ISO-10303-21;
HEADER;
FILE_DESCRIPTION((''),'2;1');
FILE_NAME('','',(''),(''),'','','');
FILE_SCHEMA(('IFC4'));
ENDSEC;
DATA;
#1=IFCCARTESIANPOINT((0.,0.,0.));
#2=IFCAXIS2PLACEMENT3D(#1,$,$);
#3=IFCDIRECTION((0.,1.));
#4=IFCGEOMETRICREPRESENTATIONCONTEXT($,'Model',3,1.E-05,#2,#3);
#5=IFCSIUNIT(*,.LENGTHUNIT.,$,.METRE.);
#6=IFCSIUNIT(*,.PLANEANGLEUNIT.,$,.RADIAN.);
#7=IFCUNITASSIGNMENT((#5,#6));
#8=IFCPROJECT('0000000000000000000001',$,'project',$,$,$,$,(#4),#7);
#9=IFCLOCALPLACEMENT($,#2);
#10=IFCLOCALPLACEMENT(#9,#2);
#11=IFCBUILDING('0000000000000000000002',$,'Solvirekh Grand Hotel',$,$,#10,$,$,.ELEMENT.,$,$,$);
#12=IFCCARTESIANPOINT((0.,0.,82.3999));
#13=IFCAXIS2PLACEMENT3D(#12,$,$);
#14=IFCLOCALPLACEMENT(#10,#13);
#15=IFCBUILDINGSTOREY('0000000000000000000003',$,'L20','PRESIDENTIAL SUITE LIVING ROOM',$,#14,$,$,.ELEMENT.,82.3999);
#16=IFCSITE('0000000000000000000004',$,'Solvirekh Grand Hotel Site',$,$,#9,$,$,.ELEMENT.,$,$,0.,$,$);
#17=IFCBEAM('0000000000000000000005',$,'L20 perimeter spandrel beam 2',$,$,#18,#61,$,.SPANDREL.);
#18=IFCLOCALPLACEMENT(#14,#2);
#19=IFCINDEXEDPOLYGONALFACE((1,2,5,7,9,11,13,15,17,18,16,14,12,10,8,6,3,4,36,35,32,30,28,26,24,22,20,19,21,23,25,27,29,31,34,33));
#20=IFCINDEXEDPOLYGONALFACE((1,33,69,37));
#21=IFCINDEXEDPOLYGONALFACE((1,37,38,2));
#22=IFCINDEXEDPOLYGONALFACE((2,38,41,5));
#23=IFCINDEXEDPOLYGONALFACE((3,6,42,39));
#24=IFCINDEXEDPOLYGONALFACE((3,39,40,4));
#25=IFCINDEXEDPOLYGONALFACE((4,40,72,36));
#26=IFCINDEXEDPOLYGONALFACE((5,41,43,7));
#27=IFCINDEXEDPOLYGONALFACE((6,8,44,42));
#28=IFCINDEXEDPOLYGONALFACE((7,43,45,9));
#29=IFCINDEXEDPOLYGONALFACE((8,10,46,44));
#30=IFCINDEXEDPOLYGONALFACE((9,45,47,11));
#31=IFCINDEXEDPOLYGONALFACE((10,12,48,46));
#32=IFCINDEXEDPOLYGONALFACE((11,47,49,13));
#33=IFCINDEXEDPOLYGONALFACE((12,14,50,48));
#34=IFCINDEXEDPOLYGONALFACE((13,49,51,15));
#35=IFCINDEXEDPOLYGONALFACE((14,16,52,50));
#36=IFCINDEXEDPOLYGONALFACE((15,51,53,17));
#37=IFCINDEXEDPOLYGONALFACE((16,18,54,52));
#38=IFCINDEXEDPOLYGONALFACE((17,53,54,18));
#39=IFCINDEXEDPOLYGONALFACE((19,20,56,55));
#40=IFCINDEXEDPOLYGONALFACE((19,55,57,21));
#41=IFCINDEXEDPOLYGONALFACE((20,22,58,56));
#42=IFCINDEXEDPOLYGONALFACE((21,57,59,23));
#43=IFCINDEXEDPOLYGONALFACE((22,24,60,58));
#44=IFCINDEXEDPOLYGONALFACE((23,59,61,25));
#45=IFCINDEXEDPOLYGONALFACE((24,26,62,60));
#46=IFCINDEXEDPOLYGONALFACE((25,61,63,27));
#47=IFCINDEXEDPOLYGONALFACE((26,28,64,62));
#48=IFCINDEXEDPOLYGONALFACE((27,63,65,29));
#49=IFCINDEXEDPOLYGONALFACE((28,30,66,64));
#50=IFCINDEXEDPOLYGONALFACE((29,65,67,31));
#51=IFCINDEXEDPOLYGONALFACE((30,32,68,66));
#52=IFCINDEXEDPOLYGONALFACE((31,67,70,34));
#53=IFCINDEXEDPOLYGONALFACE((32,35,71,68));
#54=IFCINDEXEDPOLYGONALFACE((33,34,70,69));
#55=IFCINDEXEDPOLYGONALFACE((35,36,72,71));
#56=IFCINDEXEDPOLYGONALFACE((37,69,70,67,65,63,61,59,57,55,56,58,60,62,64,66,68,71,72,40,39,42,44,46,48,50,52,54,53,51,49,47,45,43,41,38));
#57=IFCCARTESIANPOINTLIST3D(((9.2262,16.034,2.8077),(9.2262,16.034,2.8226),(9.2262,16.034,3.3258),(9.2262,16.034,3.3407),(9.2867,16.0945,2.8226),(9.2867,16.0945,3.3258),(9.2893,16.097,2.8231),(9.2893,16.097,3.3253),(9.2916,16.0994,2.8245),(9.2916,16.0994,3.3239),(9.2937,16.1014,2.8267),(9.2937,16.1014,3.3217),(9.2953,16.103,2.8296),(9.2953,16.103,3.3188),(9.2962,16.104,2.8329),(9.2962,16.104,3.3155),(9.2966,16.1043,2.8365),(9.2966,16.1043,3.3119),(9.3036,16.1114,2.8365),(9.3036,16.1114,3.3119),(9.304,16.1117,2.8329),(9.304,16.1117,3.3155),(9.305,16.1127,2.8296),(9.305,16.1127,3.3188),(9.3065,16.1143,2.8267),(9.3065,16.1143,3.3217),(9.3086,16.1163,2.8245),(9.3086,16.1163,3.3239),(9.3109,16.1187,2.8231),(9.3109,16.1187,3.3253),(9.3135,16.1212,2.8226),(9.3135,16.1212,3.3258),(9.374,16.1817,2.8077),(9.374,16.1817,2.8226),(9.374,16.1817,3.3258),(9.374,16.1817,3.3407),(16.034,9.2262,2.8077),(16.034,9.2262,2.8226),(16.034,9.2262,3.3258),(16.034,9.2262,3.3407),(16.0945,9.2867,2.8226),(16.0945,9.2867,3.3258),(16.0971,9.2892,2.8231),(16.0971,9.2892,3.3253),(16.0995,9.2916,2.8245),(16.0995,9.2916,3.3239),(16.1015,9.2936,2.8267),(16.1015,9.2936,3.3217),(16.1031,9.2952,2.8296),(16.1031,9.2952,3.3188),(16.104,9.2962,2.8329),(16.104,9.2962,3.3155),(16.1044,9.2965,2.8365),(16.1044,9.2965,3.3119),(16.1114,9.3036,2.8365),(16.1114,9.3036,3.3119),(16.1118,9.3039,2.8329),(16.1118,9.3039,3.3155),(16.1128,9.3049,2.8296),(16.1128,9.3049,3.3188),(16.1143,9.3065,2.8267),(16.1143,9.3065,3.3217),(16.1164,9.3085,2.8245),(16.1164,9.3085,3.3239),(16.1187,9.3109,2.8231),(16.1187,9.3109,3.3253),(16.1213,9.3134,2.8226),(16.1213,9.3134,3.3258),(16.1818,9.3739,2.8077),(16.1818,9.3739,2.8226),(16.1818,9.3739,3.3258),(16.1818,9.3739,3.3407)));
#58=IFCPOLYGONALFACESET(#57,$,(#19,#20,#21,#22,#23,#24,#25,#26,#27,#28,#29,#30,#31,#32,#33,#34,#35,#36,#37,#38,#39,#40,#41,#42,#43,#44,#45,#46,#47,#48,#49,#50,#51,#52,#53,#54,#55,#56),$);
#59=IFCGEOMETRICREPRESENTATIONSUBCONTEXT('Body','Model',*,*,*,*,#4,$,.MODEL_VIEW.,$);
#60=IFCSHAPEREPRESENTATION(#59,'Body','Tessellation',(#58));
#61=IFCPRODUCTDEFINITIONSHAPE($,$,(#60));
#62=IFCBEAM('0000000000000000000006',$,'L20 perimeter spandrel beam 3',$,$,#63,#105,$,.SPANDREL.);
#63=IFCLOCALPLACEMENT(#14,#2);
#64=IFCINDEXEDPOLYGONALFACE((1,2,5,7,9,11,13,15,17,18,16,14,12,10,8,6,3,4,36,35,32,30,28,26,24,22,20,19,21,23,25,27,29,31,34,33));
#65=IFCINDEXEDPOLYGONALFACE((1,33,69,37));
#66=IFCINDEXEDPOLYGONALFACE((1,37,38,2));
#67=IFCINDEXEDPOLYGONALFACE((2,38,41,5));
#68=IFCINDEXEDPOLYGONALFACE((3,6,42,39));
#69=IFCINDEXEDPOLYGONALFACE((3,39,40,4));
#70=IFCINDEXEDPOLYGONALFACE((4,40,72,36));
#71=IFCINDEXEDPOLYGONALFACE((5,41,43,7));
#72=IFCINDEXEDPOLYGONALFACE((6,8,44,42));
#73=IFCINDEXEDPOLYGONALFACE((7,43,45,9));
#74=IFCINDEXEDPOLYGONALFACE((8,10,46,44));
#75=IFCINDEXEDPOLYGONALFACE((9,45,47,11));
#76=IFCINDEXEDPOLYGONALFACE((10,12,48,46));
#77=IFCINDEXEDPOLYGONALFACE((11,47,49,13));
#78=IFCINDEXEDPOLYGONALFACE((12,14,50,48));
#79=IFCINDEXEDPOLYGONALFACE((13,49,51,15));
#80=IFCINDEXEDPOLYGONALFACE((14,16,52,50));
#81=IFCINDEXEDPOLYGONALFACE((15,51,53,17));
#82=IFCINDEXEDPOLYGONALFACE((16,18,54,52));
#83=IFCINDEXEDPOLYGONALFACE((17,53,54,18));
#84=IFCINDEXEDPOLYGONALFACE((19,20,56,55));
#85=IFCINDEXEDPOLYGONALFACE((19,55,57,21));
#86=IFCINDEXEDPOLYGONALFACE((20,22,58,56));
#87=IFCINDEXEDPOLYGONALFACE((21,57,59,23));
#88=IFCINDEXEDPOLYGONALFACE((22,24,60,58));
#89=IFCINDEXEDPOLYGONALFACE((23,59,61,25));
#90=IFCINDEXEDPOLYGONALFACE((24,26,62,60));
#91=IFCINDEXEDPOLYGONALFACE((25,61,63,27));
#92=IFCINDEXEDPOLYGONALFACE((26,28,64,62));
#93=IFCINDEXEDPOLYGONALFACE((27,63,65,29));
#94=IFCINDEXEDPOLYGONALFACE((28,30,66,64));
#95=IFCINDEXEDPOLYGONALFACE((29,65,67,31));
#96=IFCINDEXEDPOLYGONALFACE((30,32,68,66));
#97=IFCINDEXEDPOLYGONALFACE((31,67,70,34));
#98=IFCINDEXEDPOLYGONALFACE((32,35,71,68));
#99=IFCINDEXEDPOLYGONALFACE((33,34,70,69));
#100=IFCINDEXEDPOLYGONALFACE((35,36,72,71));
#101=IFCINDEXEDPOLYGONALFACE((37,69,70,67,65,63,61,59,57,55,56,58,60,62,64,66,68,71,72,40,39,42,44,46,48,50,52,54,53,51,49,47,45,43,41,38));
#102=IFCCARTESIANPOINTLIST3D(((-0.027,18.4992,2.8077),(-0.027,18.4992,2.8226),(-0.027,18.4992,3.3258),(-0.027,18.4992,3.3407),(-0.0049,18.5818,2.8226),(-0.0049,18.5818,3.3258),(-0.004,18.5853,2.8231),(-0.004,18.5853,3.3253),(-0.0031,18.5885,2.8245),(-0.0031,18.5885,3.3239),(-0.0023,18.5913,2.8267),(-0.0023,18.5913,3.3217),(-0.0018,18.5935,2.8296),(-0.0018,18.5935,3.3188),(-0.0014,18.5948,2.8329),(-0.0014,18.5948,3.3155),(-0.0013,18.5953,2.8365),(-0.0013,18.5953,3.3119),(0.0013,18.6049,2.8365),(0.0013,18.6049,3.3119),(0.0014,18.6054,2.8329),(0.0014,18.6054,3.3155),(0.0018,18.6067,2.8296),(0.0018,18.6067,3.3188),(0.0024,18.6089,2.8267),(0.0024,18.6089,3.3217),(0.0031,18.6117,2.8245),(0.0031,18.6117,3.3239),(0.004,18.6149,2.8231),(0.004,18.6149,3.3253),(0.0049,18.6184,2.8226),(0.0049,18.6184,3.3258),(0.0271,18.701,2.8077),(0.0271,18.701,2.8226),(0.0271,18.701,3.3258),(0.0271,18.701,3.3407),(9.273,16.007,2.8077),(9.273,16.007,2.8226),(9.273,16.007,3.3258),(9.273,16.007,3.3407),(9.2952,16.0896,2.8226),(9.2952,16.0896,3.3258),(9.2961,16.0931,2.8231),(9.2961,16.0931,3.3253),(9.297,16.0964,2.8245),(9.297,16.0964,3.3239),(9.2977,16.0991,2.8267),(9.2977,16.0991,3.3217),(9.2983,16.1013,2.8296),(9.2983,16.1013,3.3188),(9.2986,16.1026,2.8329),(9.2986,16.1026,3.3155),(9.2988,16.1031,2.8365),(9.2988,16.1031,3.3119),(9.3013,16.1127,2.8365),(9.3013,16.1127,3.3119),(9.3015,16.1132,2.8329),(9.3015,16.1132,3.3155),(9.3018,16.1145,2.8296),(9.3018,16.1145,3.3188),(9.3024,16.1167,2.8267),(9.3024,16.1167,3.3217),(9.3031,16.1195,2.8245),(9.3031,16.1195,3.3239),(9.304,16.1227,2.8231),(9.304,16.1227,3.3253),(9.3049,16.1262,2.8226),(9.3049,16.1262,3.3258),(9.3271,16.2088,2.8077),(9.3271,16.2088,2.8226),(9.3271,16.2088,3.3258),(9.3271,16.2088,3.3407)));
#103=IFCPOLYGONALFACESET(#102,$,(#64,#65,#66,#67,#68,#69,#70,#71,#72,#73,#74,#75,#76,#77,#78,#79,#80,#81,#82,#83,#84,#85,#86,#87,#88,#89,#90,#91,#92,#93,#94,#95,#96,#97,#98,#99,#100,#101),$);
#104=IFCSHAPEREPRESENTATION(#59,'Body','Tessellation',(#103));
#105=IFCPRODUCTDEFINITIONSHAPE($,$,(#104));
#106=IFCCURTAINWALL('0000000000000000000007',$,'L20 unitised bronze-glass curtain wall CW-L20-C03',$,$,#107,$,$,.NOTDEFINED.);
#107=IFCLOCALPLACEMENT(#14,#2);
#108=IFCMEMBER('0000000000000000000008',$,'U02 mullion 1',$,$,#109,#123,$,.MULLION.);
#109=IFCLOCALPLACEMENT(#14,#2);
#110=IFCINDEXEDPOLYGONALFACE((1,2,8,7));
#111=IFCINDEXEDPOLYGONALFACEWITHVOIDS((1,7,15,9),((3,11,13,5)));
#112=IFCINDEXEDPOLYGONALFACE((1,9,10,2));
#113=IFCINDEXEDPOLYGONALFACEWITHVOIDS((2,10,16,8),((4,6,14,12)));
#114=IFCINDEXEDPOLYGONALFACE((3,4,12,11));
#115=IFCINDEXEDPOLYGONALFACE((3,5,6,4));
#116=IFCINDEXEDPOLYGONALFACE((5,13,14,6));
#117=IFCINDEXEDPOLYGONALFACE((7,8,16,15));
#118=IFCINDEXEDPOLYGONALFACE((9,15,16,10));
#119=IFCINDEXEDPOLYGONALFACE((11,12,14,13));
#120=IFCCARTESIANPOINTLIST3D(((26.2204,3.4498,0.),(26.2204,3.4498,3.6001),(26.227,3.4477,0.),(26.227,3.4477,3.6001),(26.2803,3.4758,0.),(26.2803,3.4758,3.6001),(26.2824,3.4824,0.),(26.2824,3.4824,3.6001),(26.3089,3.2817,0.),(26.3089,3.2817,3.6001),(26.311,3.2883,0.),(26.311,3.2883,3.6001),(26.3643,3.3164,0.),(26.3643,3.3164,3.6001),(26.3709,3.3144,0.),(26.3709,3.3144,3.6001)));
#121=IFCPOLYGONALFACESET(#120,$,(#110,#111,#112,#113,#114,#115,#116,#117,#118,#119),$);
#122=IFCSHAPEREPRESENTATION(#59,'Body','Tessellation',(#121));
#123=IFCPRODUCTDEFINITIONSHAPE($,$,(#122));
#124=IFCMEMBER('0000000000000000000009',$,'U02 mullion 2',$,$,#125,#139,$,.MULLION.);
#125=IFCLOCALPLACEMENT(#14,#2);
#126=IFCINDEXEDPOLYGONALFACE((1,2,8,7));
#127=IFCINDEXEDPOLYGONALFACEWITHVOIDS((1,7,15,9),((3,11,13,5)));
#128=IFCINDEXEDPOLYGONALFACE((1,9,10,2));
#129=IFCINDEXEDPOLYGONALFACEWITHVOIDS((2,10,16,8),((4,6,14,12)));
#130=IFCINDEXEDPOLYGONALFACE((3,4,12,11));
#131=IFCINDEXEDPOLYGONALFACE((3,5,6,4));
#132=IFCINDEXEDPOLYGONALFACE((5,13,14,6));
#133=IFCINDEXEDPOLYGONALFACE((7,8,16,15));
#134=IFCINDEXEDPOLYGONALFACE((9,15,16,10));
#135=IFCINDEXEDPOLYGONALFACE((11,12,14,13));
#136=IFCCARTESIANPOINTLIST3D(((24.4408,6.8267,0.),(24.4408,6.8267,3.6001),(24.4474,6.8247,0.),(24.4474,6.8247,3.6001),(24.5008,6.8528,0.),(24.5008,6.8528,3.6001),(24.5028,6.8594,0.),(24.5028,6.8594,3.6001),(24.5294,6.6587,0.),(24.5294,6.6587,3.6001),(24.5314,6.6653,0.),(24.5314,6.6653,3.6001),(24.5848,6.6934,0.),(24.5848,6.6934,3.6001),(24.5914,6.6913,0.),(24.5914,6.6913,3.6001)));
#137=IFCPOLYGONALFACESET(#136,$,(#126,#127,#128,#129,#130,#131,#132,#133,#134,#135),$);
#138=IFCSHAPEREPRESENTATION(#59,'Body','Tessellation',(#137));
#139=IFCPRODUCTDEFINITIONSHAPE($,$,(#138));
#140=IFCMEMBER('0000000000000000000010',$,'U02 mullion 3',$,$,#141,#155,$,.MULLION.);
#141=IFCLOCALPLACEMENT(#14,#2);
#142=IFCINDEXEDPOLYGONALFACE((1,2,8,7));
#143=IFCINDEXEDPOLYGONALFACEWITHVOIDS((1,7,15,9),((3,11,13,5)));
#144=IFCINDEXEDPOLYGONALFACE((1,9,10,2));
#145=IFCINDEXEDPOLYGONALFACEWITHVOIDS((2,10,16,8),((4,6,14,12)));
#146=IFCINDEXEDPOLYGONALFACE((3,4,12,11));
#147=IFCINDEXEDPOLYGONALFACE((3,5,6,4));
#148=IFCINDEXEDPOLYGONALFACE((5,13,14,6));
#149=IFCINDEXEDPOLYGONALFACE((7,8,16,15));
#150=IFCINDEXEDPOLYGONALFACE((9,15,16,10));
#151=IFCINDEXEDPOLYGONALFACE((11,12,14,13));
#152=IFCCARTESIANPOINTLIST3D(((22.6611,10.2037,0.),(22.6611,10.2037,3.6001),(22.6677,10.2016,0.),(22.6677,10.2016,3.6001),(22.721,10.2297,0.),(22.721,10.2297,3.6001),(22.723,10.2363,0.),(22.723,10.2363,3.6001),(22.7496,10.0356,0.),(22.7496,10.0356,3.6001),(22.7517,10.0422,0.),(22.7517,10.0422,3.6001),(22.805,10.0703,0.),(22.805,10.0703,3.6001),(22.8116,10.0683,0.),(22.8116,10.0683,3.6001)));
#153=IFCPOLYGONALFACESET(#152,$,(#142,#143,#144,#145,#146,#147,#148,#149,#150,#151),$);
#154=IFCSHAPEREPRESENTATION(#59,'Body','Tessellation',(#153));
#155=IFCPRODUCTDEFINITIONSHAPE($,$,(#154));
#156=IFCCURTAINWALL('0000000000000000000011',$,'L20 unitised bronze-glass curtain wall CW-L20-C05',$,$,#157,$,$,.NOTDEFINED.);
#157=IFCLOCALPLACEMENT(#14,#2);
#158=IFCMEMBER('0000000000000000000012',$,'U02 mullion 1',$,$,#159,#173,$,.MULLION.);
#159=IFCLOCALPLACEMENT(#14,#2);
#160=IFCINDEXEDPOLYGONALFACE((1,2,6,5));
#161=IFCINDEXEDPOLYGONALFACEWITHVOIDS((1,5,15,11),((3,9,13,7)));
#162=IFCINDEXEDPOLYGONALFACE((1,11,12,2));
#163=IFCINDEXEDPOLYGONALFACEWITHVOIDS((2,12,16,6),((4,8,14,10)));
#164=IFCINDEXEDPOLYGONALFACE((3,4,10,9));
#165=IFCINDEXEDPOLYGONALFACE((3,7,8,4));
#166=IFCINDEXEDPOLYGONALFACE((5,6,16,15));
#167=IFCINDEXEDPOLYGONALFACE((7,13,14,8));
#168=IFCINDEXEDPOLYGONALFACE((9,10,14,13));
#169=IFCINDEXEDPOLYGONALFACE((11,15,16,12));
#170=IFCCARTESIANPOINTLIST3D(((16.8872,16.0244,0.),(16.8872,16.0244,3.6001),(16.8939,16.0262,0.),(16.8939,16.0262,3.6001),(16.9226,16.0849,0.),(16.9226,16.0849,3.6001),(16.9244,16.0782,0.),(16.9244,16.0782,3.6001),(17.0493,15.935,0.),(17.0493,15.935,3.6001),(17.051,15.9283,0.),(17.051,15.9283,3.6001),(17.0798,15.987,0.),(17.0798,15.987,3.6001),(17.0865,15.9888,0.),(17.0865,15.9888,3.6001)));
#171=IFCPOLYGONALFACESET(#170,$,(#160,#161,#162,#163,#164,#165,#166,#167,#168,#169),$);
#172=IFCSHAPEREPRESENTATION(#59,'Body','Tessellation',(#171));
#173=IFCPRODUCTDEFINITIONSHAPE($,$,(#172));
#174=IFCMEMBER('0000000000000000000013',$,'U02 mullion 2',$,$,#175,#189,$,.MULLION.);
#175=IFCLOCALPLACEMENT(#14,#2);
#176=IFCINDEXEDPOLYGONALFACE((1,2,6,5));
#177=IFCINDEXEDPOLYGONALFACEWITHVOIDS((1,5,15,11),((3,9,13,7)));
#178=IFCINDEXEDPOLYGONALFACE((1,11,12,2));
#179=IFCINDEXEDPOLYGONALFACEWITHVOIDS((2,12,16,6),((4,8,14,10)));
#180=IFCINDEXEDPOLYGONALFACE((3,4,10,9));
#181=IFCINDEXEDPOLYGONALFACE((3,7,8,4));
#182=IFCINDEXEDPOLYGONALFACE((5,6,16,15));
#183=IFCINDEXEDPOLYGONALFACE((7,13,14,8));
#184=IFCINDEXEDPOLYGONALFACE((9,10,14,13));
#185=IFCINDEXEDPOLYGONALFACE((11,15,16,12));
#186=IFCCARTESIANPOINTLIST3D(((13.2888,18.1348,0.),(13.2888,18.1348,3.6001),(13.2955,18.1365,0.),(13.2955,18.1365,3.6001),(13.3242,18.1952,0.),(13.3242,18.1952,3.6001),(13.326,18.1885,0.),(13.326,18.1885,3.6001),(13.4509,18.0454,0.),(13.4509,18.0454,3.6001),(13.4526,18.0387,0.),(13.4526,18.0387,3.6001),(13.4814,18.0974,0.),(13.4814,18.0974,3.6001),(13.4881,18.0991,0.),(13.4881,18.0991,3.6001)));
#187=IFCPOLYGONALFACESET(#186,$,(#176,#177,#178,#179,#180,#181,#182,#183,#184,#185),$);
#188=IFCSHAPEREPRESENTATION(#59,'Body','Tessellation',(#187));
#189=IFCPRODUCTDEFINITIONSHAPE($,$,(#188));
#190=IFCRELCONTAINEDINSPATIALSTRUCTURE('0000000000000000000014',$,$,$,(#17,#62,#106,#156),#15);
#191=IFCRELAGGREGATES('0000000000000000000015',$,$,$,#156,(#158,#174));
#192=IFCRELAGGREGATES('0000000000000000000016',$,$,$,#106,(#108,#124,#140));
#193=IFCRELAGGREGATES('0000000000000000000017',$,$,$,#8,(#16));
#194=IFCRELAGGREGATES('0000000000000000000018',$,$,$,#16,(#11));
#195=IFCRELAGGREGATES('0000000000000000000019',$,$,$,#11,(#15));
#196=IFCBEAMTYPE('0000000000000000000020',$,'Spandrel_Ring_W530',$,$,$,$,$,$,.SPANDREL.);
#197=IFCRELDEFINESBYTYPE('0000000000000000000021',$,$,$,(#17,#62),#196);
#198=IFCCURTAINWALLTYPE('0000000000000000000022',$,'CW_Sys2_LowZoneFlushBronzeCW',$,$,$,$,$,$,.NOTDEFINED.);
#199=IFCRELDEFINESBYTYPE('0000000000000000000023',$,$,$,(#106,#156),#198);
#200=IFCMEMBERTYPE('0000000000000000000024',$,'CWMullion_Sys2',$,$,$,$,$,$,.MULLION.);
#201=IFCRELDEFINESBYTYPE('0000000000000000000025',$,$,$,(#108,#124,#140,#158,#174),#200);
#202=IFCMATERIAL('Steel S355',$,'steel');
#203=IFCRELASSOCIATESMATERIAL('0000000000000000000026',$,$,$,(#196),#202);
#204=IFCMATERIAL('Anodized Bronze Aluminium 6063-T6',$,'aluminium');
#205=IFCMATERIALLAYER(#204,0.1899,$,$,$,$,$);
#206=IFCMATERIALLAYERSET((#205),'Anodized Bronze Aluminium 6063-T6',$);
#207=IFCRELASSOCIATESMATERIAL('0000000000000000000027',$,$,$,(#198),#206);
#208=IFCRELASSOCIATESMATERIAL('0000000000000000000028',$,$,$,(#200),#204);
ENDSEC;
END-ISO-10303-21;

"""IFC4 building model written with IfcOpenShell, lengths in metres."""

from ifc_helpers import new_model, si_unit, direction, frame, origin, origin_2d, place, context, subcontext, project, spatial, hollow_rectangle, i_section, extrude, source, transform, mapped, material, layer, layer_set, material_profile, profile_set, type_object, element, aggregate, save


model = new_model("IFC4")

# Units and contexts
model_context = context("Model", 3, precision=1e-05, world=origin(), true_north=direction((0.0, 1.0)))
body_context = subcontext(model_context, "Body", "Model", "MODEL_VIEW")
ifc_project = project(units=[si_unit("LENGTHUNIT", "METRE"), si_unit("PLANEANGLEUNIT", "RADIAN")], contexts=[model_context])

# Site, building, storey
site_placement = place(None, origin())
site = spatial("IfcSite", under=ifc_project, at=site_placement, Name="Solvirekh Grand Hotel Site", CompositionType="ELEMENT", RefElevation=0.0)
building_placement = place(site_placement, origin())
building = spatial("IfcBuilding", under=site, at=building_placement, Name="Solvirekh Grand Hotel", CompositionType="ELEMENT")
storey_placement = place(building_placement, frame((0.0, 0.0, 82.3999)))
storey = spatial("IfcBuildingStorey", under=building, at=storey_placement, Name="L20", Description="PRESIDENTIAL SUITE LIVING ROOM", CompositionType="ELEMENT", Elevation=82.3999)

# Beams
ifc_material_1 = material(Name="Steel S355", Category="steel")
ifc_material_profile_1 = material_profile(ifc_material_1, i_section(OverallWidth=0.209, OverallDepth=0.533, WebThickness=0.01, FlangeThickness=0.0149, FilletRadius=0.0139, at=origin_2d()), Name="W530X92")
ifc_profile_set_1 = profile_set([ifc_material_profile_1], Name="Steel S355")
beam_type = type_object("IfcBeamType", Name="Spandrel_Ring_W530", PredefinedType="SPANDREL", material=ifc_profile_set_1)
beam_1_placement = place(storey_placement, frame((16.1079, 9.3, 3.0742), z_axis=(-0.707107, 0.707107, 0.0), x_axis=(-0.707107, -0.707107, 0.0)))
element("IfcBeam", 1, at=beam_1_placement, inside=storey, type_object=beam_type, Name="L20 perimeter spandrel beam 2", PredefinedType="SPANDREL", context=body_context, shape_type="SweptSolid", body=[
    extrude(i_section(OverallWidth=0.209, OverallDepth=0.533, WebThickness=0.01, FlangeThickness=0.0149, FilletRadius=0.0139, at=origin_2d()), origin(), (0.0, 0.0, 1.0), 9.6277),
])
beam_2_placement = place(storey_placement, frame((9.3, 16.1079, 3.0742), z_axis=(-0.965919, 0.258843, 0.0), x_axis=(-0.258843, -0.965919, 0.0)))
element("IfcBeam", 2, at=beam_2_placement, inside=storey, type_object=beam_type, Name="L20 perimeter spandrel beam 3", PredefinedType="SPANDREL", context=body_context, shape_type="SweptSolid", body=[
    extrude(i_section(OverallWidth=0.209, OverallDepth=0.533, WebThickness=0.01, FlangeThickness=0.0149, FilletRadius=0.0139, at=origin_2d()), origin(), (0.0, 0.0, 1.0), 9.6282),
])

# Curtain walls, members
ifc_material_2 = material(Name="Anodized Bronze Aluminium 6063-T6", Category="aluminium")
ifc_layer_1 = layer(ifc_material_2, 0.1899)
ifc_layer_set_1 = layer_set([ifc_layer_1], Name="Anodized Bronze Aluminium 6063-T6")
curtain_wall_type = type_object("IfcCurtainWallType", Name="CW_Sys2_LowZoneFlushBronzeCW", PredefinedType="NOTDEFINED", material=ifc_layer_set_1)
curtain_wall_1_placement = place(storey_placement, origin())
curtain_wall_1 = element("IfcCurtainWall", 3, at=curtain_wall_1_placement, inside=storey, type_object=curtain_wall_type, Name="L20 unitised bronze-glass curtain wall CW-L20-C03", PredefinedType="NOTDEFINED")
ifc_material_profile_2 = material_profile(ifc_material_2, hollow_rectangle(XDim=0.0701, YDim=0.1899, WallThickness=0.0049, at=origin_2d()), Name="ALU RHS 190X70X5")
ifc_profile_set_2 = profile_set([ifc_material_profile_2], Name="Anodized Bronze Aluminium 6063-T6")
member_type_1 = type_object("IfcMemberType", Name="CWMullion_Sys2", PredefinedType="MULLION", material=ifc_profile_set_2)
shared_shape_1 = source(origin(), body_context, "Body", "SweptSolid", [
    extrude(hollow_rectangle(XDim=0.0701, YDim=0.1899, WallThickness=0.0049, at=origin_2d()), origin(), (0.0, 0.0, 1.0), 3.6001),
])
member_1_placement = place(storey_placement, frame((26.2957, 3.3821, 0.0), z_axis=(0.0, 0.0, 1.0), x_axis=(-0.88467, -0.466217, 0.0)))
member_1 = element("IfcMember", 4, at=member_1_placement, type_object=member_type_1, Name="U02 mullion 1", PredefinedType="MULLION", context=body_context, shape_type="MappedRepresentation", body=[
    mapped(shared_shape_1, transform((0.0, 0.0, 0.0), x_axis=(1.0, 0.0, 0.0), y_axis=(0.0, 1.0, 0.0), z_axis=(0.0, 0.0, 1.0), scale=1.0)),
])
member_2_placement = place(storey_placement, frame((24.5161, 6.759, 0.0), z_axis=(0.0, 0.0, 1.0), x_axis=(-0.88467, -0.466217, 0.0)))
member_2 = element("IfcMember", 5, at=member_2_placement, type_object=member_type_1, Name="U02 mullion 2", PredefinedType="MULLION", context=body_context, shape_type="MappedRepresentation", body=[
    mapped(shared_shape_1, transform((0.0, 0.0, 0.0), x_axis=(1.0, 0.0, 0.0), y_axis=(0.0, 1.0, 0.0), z_axis=(0.0, 0.0, 1.0), scale=1.0)),
])
member_3_placement = place(storey_placement, frame((22.7363, 10.136, 0.0), z_axis=(0.0, 0.0, 1.0), x_axis=(-0.88467, -0.466217, 0.0)))
member_3 = element("IfcMember", 6, at=member_3_placement, type_object=member_type_1, Name="U02 mullion 3", PredefinedType="MULLION", context=body_context, shape_type="MappedRepresentation", body=[
    mapped(shared_shape_1, transform((0.0, 0.0, 0.0), x_axis=(1.0, 0.0, 0.0), y_axis=(0.0, 1.0, 0.0), z_axis=(0.0, 0.0, 1.0), scale=1.0)),
])
curtain_wall_2_placement = place(storey_placement, origin())
curtain_wall_2 = element("IfcCurtainWall", 7, at=curtain_wall_2_placement, inside=storey, type_object=curtain_wall_type, Name="L20 unitised bronze-glass curtain wall CW-L20-C05", PredefinedType="NOTDEFINED")
member_4_placement = place(storey_placement, frame((16.9868, 16.0066, 0.0), z_axis=(0.0, 0.0, 1.0), x_axis=(-0.505887, -0.8626, 0.0)))
member_4 = element("IfcMember", 8, at=member_4_placement, type_object=member_type_1, Name="U02 mullion 1", PredefinedType="MULLION", context=body_context, shape_type="MappedRepresentation", body=[
    mapped(shared_shape_1, transform((0.0, 0.0, 0.0), x_axis=(1.0, 0.0, 0.0), y_axis=(0.0, 1.0, 0.0), z_axis=(0.0, 0.0, 1.0), scale=1.0)),
])
member_5_placement = place(storey_placement, frame((13.3884, 18.1169, 0.0), z_axis=(0.0, 0.0, 1.0), x_axis=(-0.505887, -0.8626, 0.0)))
member_5 = element("IfcMember", 9, at=member_5_placement, type_object=member_type_1, Name="U02 mullion 2", PredefinedType="MULLION", context=body_context, shape_type="MappedRepresentation", body=[
    mapped(shared_shape_1, transform((0.0, 0.0, 0.0), x_axis=(1.0, 0.0, 0.0), y_axis=(0.0, 1.0, 0.0), z_axis=(0.0, 0.0, 1.0), scale=1.0)),
])

aggregate(curtain_wall_2, [member_4, member_5])
aggregate(curtain_wall_1, [member_1, member_2, member_3])

save(model, "model.ifc")
